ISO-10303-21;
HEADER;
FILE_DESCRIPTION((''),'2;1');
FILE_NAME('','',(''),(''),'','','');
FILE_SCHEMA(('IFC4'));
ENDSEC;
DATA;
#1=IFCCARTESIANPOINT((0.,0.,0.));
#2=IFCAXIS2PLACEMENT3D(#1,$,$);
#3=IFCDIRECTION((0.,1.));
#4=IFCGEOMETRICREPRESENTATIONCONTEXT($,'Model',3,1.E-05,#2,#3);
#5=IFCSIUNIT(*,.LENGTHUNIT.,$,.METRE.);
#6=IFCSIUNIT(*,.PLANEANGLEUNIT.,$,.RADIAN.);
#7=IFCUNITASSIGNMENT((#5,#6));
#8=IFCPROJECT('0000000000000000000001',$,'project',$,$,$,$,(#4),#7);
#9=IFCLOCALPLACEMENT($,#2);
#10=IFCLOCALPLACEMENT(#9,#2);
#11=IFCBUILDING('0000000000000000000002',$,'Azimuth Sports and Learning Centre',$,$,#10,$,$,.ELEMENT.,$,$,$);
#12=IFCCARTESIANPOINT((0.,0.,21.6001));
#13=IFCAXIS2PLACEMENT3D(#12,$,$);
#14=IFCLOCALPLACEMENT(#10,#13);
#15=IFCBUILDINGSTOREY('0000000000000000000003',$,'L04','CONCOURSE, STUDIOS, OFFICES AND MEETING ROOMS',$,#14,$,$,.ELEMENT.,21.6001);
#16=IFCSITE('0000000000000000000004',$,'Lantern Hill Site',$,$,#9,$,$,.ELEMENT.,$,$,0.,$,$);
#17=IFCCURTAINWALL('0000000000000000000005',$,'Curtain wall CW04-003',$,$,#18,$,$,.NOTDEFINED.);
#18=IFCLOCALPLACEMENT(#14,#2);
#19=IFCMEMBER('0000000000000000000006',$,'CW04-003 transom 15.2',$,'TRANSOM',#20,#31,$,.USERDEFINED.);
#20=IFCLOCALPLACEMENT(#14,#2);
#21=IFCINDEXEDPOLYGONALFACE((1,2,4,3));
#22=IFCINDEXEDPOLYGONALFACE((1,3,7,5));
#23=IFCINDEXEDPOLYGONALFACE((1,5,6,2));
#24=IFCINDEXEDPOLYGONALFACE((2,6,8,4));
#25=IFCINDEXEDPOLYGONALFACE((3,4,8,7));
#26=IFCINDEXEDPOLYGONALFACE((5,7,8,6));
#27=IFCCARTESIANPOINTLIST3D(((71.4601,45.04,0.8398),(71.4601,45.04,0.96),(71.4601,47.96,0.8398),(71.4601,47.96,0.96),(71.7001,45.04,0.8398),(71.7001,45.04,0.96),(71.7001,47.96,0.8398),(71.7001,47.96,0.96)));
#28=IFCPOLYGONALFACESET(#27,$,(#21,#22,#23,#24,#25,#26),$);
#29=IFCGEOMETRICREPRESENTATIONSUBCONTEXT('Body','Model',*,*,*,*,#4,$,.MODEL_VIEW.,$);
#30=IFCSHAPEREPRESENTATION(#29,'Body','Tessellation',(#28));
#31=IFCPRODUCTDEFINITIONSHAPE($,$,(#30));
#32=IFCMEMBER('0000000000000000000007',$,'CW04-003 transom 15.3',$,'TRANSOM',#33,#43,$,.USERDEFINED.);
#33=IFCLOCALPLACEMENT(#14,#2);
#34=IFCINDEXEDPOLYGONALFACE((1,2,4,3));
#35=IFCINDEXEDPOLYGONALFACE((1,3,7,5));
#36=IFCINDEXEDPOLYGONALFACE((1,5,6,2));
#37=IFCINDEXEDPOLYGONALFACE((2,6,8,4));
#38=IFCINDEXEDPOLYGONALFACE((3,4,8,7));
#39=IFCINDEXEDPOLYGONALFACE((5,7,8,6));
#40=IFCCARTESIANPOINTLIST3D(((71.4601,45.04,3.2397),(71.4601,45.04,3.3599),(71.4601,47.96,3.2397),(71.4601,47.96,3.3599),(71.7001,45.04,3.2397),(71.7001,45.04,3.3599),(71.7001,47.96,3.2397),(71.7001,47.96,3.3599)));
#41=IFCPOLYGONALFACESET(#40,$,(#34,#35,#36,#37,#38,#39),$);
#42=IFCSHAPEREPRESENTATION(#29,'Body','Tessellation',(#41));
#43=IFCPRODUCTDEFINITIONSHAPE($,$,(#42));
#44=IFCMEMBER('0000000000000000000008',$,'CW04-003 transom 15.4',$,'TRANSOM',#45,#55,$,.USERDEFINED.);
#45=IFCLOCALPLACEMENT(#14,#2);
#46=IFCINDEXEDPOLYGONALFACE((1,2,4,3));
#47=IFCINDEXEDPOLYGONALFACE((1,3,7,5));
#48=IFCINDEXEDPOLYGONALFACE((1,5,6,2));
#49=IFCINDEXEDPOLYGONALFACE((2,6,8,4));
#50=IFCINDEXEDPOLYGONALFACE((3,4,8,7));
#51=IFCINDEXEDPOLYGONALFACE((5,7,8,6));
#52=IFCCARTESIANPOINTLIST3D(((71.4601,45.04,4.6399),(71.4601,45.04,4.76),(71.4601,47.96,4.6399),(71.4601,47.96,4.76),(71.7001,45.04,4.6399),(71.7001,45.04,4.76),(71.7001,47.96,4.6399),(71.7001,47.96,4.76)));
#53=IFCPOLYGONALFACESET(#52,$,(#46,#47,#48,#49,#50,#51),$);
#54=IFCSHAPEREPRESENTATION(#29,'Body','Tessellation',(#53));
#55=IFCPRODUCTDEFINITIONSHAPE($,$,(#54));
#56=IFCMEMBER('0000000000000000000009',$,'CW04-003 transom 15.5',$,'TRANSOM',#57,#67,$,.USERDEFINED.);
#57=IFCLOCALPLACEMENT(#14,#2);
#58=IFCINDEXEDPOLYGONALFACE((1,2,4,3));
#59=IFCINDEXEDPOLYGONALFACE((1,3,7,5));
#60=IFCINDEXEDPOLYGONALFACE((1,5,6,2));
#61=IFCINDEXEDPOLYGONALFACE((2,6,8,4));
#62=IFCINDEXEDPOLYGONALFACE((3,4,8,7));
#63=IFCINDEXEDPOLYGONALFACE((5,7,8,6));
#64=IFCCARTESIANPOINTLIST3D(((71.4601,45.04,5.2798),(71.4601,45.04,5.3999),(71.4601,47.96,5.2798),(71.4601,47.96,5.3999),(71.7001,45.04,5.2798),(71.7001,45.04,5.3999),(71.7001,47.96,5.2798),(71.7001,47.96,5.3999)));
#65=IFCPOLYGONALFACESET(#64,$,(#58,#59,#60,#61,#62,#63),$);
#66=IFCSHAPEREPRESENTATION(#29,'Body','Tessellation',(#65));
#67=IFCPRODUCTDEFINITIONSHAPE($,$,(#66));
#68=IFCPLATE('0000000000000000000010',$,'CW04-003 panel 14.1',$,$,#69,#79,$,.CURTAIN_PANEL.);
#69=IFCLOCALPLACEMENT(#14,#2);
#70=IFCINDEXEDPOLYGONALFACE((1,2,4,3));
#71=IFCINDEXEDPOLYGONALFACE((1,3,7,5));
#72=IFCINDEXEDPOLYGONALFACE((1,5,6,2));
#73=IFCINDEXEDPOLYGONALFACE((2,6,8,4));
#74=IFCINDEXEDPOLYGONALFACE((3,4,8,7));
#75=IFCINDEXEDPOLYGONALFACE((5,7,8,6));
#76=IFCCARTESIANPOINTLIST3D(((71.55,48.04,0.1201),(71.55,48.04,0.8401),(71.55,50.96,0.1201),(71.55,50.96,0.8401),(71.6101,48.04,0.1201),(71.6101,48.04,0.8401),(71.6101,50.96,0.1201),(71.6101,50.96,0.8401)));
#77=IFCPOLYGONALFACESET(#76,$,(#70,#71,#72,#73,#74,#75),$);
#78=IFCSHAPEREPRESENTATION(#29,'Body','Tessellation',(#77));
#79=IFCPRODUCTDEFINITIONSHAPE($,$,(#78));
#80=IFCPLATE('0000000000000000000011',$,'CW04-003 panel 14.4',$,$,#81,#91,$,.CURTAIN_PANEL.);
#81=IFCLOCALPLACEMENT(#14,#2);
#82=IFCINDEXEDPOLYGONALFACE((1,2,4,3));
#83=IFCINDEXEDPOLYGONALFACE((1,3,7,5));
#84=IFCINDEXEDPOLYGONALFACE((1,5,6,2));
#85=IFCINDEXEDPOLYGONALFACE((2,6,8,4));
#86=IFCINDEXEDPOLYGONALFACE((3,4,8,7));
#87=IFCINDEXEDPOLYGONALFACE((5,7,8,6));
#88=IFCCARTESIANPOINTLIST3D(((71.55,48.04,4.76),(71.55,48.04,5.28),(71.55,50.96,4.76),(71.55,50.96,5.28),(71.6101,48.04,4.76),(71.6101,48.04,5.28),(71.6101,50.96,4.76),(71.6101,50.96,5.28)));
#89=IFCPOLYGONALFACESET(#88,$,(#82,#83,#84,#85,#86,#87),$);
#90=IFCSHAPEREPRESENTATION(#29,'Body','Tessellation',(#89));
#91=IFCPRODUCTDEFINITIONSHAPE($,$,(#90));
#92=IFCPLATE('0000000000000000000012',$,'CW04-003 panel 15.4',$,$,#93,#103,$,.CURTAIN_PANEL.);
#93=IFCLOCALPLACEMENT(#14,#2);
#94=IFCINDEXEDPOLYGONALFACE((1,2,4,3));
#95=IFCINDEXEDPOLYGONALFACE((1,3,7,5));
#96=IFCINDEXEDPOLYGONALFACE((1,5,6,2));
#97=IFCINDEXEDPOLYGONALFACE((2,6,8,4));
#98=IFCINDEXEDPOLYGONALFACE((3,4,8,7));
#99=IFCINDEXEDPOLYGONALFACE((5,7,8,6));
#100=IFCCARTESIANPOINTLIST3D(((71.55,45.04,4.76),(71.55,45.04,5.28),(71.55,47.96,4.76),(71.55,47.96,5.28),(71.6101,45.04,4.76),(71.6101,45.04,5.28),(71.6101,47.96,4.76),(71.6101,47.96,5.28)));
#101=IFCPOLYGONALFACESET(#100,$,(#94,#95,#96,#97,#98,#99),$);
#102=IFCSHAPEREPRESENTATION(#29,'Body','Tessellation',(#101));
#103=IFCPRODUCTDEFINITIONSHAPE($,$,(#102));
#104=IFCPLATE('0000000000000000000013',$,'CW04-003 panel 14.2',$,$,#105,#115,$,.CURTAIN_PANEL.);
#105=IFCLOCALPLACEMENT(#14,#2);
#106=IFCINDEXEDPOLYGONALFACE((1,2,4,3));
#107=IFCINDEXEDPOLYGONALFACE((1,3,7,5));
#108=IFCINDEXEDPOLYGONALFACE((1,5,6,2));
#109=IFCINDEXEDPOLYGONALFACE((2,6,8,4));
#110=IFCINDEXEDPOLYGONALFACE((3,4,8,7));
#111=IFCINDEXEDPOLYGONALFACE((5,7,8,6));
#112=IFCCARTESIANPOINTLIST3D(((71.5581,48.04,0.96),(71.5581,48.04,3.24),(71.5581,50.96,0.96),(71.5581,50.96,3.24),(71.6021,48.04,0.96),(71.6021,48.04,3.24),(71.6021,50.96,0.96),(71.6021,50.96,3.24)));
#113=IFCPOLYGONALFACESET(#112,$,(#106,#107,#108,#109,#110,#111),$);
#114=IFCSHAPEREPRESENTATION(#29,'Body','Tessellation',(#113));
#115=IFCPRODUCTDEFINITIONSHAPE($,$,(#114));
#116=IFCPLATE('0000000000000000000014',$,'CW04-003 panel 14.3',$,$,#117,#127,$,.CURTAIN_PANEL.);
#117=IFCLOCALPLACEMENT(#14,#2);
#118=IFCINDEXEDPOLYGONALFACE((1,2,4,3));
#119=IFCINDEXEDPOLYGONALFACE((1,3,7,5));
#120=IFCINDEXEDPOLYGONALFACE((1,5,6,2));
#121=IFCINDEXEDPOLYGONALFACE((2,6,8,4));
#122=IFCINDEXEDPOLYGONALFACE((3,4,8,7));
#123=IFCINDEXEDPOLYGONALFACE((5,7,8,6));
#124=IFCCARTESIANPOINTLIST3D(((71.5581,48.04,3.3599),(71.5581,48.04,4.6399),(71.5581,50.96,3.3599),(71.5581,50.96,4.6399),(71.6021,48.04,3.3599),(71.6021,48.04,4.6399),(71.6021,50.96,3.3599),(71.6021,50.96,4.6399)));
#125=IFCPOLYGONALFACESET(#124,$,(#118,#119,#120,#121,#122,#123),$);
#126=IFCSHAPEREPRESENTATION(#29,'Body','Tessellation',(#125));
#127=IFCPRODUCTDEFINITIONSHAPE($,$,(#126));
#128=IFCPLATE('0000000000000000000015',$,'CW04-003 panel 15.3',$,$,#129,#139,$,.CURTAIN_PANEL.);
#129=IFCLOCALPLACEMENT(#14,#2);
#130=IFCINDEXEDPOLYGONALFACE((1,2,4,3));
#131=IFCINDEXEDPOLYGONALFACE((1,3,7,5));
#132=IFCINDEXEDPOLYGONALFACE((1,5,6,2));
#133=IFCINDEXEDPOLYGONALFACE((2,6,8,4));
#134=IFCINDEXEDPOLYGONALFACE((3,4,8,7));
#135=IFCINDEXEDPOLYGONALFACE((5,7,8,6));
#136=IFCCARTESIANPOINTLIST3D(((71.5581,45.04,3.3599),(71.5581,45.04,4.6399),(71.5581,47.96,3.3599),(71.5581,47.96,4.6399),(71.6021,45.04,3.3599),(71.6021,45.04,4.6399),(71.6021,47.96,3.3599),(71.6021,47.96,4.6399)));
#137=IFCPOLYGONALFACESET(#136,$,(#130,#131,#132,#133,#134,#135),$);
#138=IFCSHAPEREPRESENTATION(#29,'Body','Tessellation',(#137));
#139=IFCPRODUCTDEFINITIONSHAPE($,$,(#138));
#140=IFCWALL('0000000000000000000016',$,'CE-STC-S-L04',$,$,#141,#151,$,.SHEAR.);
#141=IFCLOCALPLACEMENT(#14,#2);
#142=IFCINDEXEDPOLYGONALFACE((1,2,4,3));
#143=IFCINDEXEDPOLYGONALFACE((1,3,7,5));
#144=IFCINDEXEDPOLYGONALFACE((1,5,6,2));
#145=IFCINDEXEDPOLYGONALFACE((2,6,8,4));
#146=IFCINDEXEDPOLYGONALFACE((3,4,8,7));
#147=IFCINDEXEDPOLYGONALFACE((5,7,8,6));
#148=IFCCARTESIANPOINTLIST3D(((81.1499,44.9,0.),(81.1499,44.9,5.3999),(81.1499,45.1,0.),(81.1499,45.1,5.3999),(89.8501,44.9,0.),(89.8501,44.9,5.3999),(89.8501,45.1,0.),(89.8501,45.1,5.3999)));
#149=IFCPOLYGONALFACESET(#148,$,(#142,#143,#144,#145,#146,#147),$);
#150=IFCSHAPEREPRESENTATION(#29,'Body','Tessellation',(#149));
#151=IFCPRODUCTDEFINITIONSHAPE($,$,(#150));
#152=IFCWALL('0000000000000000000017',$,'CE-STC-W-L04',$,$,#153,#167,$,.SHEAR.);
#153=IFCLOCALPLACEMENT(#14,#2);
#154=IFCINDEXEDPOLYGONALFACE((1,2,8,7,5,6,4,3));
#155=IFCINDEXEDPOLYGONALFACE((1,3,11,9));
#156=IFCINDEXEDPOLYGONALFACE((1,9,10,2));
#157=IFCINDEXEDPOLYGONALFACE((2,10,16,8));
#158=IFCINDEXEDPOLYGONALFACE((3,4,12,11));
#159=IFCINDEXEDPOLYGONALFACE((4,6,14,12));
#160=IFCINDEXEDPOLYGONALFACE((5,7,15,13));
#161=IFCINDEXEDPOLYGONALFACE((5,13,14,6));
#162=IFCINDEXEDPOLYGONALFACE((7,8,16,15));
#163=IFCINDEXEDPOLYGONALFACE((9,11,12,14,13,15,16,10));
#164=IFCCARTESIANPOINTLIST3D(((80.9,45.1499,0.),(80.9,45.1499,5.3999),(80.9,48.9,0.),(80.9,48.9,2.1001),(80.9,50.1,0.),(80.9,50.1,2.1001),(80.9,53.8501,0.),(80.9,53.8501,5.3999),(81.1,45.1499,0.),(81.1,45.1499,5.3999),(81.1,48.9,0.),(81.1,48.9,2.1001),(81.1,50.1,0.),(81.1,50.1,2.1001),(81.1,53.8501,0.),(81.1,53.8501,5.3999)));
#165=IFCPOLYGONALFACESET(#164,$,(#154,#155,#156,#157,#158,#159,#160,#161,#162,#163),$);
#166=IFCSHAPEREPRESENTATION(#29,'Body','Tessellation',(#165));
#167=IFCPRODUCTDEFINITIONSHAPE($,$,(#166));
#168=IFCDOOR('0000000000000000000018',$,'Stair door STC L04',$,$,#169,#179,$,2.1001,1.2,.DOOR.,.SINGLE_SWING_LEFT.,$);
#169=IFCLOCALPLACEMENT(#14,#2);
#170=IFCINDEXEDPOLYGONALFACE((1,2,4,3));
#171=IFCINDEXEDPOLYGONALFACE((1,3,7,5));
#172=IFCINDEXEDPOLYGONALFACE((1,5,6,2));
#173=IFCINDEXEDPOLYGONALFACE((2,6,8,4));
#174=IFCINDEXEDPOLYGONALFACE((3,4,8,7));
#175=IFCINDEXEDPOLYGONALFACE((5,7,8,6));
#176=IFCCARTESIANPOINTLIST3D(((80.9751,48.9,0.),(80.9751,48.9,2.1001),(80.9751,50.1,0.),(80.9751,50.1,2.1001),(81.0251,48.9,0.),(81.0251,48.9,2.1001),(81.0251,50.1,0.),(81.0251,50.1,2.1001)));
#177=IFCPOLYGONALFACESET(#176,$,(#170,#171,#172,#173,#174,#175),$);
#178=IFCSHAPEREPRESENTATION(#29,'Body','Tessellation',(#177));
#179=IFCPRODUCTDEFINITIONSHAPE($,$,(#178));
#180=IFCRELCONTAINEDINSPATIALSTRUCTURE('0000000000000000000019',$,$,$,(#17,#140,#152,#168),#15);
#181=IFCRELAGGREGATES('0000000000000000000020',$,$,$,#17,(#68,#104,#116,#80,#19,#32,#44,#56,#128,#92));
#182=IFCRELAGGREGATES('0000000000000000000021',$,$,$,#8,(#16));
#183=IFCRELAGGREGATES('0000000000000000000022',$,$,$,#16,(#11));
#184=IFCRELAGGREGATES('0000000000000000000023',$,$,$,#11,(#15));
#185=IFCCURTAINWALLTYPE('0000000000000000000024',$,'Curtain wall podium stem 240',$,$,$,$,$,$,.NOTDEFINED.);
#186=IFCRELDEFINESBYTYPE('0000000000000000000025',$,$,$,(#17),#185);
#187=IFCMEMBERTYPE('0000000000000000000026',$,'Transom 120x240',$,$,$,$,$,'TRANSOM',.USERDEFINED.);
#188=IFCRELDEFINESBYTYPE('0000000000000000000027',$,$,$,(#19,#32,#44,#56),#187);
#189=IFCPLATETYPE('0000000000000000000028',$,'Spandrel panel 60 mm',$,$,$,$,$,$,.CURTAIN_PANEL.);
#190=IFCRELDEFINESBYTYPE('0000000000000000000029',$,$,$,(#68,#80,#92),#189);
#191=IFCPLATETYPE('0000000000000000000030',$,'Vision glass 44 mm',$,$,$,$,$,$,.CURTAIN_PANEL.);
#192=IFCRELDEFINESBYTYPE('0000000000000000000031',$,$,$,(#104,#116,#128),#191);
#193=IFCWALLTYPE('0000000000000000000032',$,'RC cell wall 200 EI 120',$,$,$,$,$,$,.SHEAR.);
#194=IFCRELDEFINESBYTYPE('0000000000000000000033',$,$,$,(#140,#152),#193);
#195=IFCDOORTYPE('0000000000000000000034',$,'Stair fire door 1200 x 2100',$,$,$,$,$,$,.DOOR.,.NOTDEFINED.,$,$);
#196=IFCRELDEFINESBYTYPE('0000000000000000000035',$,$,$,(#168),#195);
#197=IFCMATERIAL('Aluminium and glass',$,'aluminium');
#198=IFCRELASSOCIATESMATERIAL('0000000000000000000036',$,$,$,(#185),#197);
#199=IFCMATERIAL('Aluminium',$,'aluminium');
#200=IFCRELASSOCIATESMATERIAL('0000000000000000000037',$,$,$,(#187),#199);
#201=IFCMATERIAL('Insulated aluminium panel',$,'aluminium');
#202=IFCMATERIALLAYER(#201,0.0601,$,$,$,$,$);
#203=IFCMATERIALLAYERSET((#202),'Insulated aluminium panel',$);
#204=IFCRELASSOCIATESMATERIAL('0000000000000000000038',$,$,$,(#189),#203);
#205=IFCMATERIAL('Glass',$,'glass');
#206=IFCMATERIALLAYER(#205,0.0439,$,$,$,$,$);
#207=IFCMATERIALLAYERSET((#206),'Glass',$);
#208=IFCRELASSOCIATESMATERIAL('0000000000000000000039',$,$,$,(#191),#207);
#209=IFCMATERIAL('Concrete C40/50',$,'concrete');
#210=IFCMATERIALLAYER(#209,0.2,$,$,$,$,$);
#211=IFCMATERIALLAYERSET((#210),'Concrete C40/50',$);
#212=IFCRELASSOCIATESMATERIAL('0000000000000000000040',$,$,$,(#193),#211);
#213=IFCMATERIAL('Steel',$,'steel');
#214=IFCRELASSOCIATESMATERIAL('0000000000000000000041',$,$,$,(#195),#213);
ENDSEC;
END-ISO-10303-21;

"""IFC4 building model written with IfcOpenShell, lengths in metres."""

from ifc_helpers import new_model, si_unit, direction, frame, frame_2d, origin, origin_2d, place, context, subcontext, project, spatial, rectangle, extrude, material, layer, layer_set, material_profile, profile_set, type_object, element, fill, aggregate, save


model = new_model("IFC4")

# Units and contexts
model_context = context("Model", 3, precision=1e-05, world=origin(), true_north=direction((0.0, 1.0)))
body_context = subcontext(model_context, "Body", "Model", "MODEL_VIEW")
ifc_project = project(units=[si_unit("LENGTHUNIT", "METRE"), si_unit("PLANEANGLEUNIT", "RADIAN")], contexts=[model_context])

# Site, building, storey
site_placement = place(None, origin())
site = spatial("IfcSite", under=ifc_project, at=site_placement, Name="Lantern Hill Site", CompositionType="ELEMENT", RefElevation=0.0)
building_placement = place(site_placement, origin())
building = spatial("IfcBuilding", under=site, at=building_placement, Name="Azimuth Sports and Learning Centre", CompositionType="ELEMENT")
storey_placement = place(building_placement, frame((0.0, 0.0, 21.6001)))
storey = spatial("IfcBuildingStorey", under=building, at=storey_placement, Name="L04", Description="CONCOURSE, STUDIOS, OFFICES AND MEETING ROOMS", CompositionType="ELEMENT", Elevation=21.6001)

# Curtain wall, members, plates
ifc_material_1 = material(Name="Aluminium and glass", Category="aluminium")
curtain_wall_type = type_object("IfcCurtainWallType", Name="Curtain wall podium stem 240", PredefinedType="NOTDEFINED", material=ifc_material_1)
curtain_wall_placement = place(storey_placement, origin())
curtain_wall = element("IfcCurtainWall", 1, at=curtain_wall_placement, inside=storey, type_object=curtain_wall_type, Name="Curtain wall CW04-003", PredefinedType="NOTDEFINED")
ifc_material_2 = material(Name="Aluminium", Category="aluminium")
ifc_material_profile_1 = material_profile(ifc_material_2, rectangle(XDim=0.24, YDim=0.1201, at=origin_2d()), Name="Transom 120x240")
ifc_profile_set_1 = profile_set([ifc_material_profile_1], Name="Aluminium")
member_type_1 = type_object("IfcMemberType", Name="Transom 120x240", ElementType="TRANSOM", PredefinedType="USERDEFINED", material=ifc_profile_set_1)
member_1_placement = place(storey_placement, frame((71.5801, 47.96, 0.8999), z_axis=(0.0, -1.0, 0.0), x_axis=(1.0, 0.0, 0.0)))
member_1 = element("IfcMember", 2, at=member_1_placement, type_object=member_type_1, Name="CW04-003 transom 15.2", ObjectType="TRANSOM", PredefinedType="USERDEFINED", context=body_context, shape_type="SweptSolid", body=[
    extrude(rectangle(XDim=0.24, YDim=0.1201, at=origin_2d()), origin(), (0.0, 0.0, 1.0), 2.9199),
])
member_2_placement = place(storey_placement, frame((71.5801, 47.96, 3.2998), z_axis=(0.0, -1.0, 0.0), x_axis=(1.0, 0.0, 0.0)))
member_2 = element("IfcMember", 3, at=member_2_placement, type_object=member_type_1, Name="CW04-003 transom 15.3", ObjectType="TRANSOM", PredefinedType="USERDEFINED", context=body_context, shape_type="SweptSolid", body=[
    extrude(rectangle(XDim=0.24, YDim=0.1201, at=origin_2d()), origin(), (0.0, 0.0, 1.0), 2.9199),
])
member_3_placement = place(storey_placement, frame((71.5801, 47.96, 4.7), z_axis=(0.0, -1.0, 0.0), x_axis=(1.0, 0.0, 0.0)))
member_3 = element("IfcMember", 4, at=member_3_placement, type_object=member_type_1, Name="CW04-003 transom 15.4", ObjectType="TRANSOM", PredefinedType="USERDEFINED", context=body_context, shape_type="SweptSolid", body=[
    extrude(rectangle(XDim=0.24, YDim=0.1201, at=origin_2d()), origin(), (0.0, 0.0, 1.0), 2.9199),
])
member_4_placement = place(storey_placement, frame((71.5801, 47.96, 5.3398), z_axis=(0.0, -1.0, 0.0), x_axis=(1.0, 0.0, 0.0)))
member_4 = element("IfcMember", 5, at=member_4_placement, type_object=member_type_1, Name="CW04-003 transom 15.5", ObjectType="TRANSOM", PredefinedType="USERDEFINED", context=body_context, shape_type="SweptSolid", body=[
    extrude(rectangle(XDim=0.24, YDim=0.1201, at=origin_2d()), origin(), (0.0, 0.0, 1.0), 2.9199),
])
ifc_material_3 = material(Name="Insulated aluminium panel", Category="aluminium")
ifc_layer_1 = layer(ifc_material_3, 0.0601)
ifc_layer_set_1 = layer_set([ifc_layer_1], Name="Insulated aluminium panel")
plate_type_1 = type_object("IfcPlateType", Name="Spandrel panel 60 mm", PredefinedType="CURTAIN_PANEL", material=ifc_layer_set_1)
plate_1_placement = place(storey_placement, frame((71.5801, 49.5, 0.1201), z_axis=(0.0, 0.0, 1.0), x_axis=(0.0, -1.0, 0.0)))
plate_1 = element("IfcPlate", 6, at=plate_1_placement, type_object=plate_type_1, Name="CW04-003 panel 14.1", PredefinedType="CURTAIN_PANEL", context=body_context, shape_type="SweptSolid", body=[
    extrude(rectangle(XDim=2.9199, YDim=0.0601, at=origin_2d()), origin(), (0.0, 0.0, 1.0), 0.72),
])
plate_2_placement = place(storey_placement, frame((71.5801, 49.5, 4.76), z_axis=(0.0, 0.0, 1.0), x_axis=(0.0, -1.0, 0.0)))
plate_2 = element("IfcPlate", 7, at=plate_2_placement, type_object=plate_type_1, Name="CW04-003 panel 14.4", PredefinedType="CURTAIN_PANEL", context=body_context, shape_type="SweptSolid", body=[
    extrude(rectangle(XDim=2.9199, YDim=0.0601, at=origin_2d()), origin(), (0.0, 0.0, 1.0), 0.52),
])
plate_3_placement = place(storey_placement, frame((71.5801, 46.5, 4.76), z_axis=(0.0, 0.0, 1.0), x_axis=(0.0, -1.0, 0.0)))
plate_3 = element("IfcPlate", 8, at=plate_3_placement, type_object=plate_type_1, Name="CW04-003 panel 15.4", PredefinedType="CURTAIN_PANEL", context=body_context, shape_type="SweptSolid", body=[
    extrude(rectangle(XDim=2.9199, YDim=0.0601, at=origin_2d()), origin(), (0.0, 0.0, 1.0), 0.52),
])
ifc_material_4 = material(Name="Glass", Category="glass")
ifc_layer_2 = layer(ifc_material_4, 0.0439)
ifc_layer_set_2 = layer_set([ifc_layer_2], Name="Glass")
plate_type_2 = type_object("IfcPlateType", Name="Vision glass 44 mm", PredefinedType="CURTAIN_PANEL", material=ifc_layer_set_2)
plate_4_placement = place(storey_placement, frame((71.5801, 49.5, 0.96), z_axis=(0.0, 0.0, 1.0), x_axis=(0.0, -1.0, 0.0)))
plate_4 = element("IfcPlate", 9, at=plate_4_placement, type_object=plate_type_2, Name="CW04-003 panel 14.2", PredefinedType="CURTAIN_PANEL", context=body_context, shape_type="SweptSolid", body=[
    extrude(rectangle(XDim=2.9199, YDim=0.0439, at=origin_2d()), origin(), (0.0, 0.0, 1.0), 2.28),
])
plate_5_placement = place(storey_placement, frame((71.5801, 49.5, 3.3599), z_axis=(0.0, 0.0, 1.0), x_axis=(0.0, -1.0, 0.0)))
plate_5 = element("IfcPlate", 10, at=plate_5_placement, type_object=plate_type_2, Name="CW04-003 panel 14.3", PredefinedType="CURTAIN_PANEL", context=body_context, shape_type="SweptSolid", body=[
    extrude(rectangle(XDim=2.9199, YDim=0.0439, at=origin_2d()), origin(), (0.0, 0.0, 1.0), 1.28),
])
plate_6_placement = place(storey_placement, frame((71.5801, 46.5, 3.3599), z_axis=(0.0, 0.0, 1.0), x_axis=(0.0, -1.0, 0.0)))
plate_6 = element("IfcPlate", 11, at=plate_6_placement, type_object=plate_type_2, Name="CW04-003 panel 15.3", PredefinedType="CURTAIN_PANEL", context=body_context, shape_type="SweptSolid", body=[
    extrude(rectangle(XDim=2.9199, YDim=0.0439, at=origin_2d()), origin(), (0.0, 0.0, 1.0), 1.28),
])
aggregate(curtain_wall, [plate_1, plate_4, plate_5, plate_2, member_1, member_2, member_3, member_4, plate_6, plate_3])

# Wall
ifc_material_5 = material(Name="Concrete C40/50", Category="concrete")
ifc_layer_3 = layer(ifc_material_5, 0.2)
ifc_layer_set_3 = layer_set([ifc_layer_3], Name="Concrete C40/50")
wall_type = type_object("IfcWallType", Name="RC cell wall 200 EI 120", PredefinedType="SHEAR", material=ifc_layer_set_3)
wall_1_placement = place(storey_placement, frame((81.1499, 45.0, 0.0), z_axis=(0.0, 0.0, 1.0), x_axis=(1.0, 0.0, 0.0)))
element("IfcWall", 12, at=wall_1_placement, inside=storey, type_object=wall_type, Name="CE-STC-S-L04", PredefinedType="SHEAR", context=body_context, shape_type="SweptSolid", body=[
    extrude(rectangle(XDim=8.7002, YDim=0.2, at=frame_2d((4.3501, 0.0))), origin(), (0.0, 0.0, 1.0), 5.3999),
])

# Wall, opening, door
wall_2_placement = place(storey_placement, frame((81.0, 45.1499, 0.0), z_axis=(0.0, 0.0, 1.0), x_axis=(0.0, 1.0, 0.0)))
wall_2 = element("IfcWall", 13, at=wall_2_placement, inside=storey, type_object=wall_type, Name="CE-STC-W-L04", PredefinedType="SHEAR", context=body_context, shape_type="SweptSolid", body=[
    extrude(rectangle(XDim=8.7002, YDim=0.2, at=frame_2d((4.3501, 0.0))), origin(), (0.0, 0.0, 1.0), 5.3999),
])
opening_placement = place(wall_2_placement, frame((3.75, 0.0, 0.0)))
opening = element("IfcOpeningElement", 14, at=opening_placement, cuts=wall_2, PredefinedType="OPENING", context=body_context, shape_type="SweptSolid", body=[
    extrude(rectangle(XDim=1.2, YDim=2.1001, at=frame_2d((0.6001, 1.05))), frame((0.0, 0.1108, 0.0), z_axis=(0.0, -1.0, 0.0), x_axis=(1.0, 0.0, 0.0)), (0.0, 0.0, 1.0), 0.2219),
])
ifc_material_6 = material(Name="Steel", Category="steel")
door_type = type_object("IfcDoorType", Name="Stair fire door 1200 x 2100", OperationType="NOTDEFINED", PredefinedType="DOOR", material=ifc_material_6)
door_placement = place(opening_placement, origin())
door = element("IfcDoor", 15, at=door_placement, inside=storey, type_object=door_type, Name="Stair door STC L04", OperationType="SINGLE_SWING_LEFT", OverallHeight=2.1001, OverallWidth=1.2, PredefinedType="DOOR", context=body_context, shape_type="SweptSolid", body=[
    extrude(rectangle(XDim=1.2, YDim=2.1001, at=frame_2d((0.6001, 1.05))), frame((0.0, 0.0249, 0.0), z_axis=(0.0, -1.0, 0.0), x_axis=(1.0, 0.0, 0.0)), (0.0, 0.0, 1.0), 0.05),
])
fill(opening, door)

save(model, "model.ifc")
